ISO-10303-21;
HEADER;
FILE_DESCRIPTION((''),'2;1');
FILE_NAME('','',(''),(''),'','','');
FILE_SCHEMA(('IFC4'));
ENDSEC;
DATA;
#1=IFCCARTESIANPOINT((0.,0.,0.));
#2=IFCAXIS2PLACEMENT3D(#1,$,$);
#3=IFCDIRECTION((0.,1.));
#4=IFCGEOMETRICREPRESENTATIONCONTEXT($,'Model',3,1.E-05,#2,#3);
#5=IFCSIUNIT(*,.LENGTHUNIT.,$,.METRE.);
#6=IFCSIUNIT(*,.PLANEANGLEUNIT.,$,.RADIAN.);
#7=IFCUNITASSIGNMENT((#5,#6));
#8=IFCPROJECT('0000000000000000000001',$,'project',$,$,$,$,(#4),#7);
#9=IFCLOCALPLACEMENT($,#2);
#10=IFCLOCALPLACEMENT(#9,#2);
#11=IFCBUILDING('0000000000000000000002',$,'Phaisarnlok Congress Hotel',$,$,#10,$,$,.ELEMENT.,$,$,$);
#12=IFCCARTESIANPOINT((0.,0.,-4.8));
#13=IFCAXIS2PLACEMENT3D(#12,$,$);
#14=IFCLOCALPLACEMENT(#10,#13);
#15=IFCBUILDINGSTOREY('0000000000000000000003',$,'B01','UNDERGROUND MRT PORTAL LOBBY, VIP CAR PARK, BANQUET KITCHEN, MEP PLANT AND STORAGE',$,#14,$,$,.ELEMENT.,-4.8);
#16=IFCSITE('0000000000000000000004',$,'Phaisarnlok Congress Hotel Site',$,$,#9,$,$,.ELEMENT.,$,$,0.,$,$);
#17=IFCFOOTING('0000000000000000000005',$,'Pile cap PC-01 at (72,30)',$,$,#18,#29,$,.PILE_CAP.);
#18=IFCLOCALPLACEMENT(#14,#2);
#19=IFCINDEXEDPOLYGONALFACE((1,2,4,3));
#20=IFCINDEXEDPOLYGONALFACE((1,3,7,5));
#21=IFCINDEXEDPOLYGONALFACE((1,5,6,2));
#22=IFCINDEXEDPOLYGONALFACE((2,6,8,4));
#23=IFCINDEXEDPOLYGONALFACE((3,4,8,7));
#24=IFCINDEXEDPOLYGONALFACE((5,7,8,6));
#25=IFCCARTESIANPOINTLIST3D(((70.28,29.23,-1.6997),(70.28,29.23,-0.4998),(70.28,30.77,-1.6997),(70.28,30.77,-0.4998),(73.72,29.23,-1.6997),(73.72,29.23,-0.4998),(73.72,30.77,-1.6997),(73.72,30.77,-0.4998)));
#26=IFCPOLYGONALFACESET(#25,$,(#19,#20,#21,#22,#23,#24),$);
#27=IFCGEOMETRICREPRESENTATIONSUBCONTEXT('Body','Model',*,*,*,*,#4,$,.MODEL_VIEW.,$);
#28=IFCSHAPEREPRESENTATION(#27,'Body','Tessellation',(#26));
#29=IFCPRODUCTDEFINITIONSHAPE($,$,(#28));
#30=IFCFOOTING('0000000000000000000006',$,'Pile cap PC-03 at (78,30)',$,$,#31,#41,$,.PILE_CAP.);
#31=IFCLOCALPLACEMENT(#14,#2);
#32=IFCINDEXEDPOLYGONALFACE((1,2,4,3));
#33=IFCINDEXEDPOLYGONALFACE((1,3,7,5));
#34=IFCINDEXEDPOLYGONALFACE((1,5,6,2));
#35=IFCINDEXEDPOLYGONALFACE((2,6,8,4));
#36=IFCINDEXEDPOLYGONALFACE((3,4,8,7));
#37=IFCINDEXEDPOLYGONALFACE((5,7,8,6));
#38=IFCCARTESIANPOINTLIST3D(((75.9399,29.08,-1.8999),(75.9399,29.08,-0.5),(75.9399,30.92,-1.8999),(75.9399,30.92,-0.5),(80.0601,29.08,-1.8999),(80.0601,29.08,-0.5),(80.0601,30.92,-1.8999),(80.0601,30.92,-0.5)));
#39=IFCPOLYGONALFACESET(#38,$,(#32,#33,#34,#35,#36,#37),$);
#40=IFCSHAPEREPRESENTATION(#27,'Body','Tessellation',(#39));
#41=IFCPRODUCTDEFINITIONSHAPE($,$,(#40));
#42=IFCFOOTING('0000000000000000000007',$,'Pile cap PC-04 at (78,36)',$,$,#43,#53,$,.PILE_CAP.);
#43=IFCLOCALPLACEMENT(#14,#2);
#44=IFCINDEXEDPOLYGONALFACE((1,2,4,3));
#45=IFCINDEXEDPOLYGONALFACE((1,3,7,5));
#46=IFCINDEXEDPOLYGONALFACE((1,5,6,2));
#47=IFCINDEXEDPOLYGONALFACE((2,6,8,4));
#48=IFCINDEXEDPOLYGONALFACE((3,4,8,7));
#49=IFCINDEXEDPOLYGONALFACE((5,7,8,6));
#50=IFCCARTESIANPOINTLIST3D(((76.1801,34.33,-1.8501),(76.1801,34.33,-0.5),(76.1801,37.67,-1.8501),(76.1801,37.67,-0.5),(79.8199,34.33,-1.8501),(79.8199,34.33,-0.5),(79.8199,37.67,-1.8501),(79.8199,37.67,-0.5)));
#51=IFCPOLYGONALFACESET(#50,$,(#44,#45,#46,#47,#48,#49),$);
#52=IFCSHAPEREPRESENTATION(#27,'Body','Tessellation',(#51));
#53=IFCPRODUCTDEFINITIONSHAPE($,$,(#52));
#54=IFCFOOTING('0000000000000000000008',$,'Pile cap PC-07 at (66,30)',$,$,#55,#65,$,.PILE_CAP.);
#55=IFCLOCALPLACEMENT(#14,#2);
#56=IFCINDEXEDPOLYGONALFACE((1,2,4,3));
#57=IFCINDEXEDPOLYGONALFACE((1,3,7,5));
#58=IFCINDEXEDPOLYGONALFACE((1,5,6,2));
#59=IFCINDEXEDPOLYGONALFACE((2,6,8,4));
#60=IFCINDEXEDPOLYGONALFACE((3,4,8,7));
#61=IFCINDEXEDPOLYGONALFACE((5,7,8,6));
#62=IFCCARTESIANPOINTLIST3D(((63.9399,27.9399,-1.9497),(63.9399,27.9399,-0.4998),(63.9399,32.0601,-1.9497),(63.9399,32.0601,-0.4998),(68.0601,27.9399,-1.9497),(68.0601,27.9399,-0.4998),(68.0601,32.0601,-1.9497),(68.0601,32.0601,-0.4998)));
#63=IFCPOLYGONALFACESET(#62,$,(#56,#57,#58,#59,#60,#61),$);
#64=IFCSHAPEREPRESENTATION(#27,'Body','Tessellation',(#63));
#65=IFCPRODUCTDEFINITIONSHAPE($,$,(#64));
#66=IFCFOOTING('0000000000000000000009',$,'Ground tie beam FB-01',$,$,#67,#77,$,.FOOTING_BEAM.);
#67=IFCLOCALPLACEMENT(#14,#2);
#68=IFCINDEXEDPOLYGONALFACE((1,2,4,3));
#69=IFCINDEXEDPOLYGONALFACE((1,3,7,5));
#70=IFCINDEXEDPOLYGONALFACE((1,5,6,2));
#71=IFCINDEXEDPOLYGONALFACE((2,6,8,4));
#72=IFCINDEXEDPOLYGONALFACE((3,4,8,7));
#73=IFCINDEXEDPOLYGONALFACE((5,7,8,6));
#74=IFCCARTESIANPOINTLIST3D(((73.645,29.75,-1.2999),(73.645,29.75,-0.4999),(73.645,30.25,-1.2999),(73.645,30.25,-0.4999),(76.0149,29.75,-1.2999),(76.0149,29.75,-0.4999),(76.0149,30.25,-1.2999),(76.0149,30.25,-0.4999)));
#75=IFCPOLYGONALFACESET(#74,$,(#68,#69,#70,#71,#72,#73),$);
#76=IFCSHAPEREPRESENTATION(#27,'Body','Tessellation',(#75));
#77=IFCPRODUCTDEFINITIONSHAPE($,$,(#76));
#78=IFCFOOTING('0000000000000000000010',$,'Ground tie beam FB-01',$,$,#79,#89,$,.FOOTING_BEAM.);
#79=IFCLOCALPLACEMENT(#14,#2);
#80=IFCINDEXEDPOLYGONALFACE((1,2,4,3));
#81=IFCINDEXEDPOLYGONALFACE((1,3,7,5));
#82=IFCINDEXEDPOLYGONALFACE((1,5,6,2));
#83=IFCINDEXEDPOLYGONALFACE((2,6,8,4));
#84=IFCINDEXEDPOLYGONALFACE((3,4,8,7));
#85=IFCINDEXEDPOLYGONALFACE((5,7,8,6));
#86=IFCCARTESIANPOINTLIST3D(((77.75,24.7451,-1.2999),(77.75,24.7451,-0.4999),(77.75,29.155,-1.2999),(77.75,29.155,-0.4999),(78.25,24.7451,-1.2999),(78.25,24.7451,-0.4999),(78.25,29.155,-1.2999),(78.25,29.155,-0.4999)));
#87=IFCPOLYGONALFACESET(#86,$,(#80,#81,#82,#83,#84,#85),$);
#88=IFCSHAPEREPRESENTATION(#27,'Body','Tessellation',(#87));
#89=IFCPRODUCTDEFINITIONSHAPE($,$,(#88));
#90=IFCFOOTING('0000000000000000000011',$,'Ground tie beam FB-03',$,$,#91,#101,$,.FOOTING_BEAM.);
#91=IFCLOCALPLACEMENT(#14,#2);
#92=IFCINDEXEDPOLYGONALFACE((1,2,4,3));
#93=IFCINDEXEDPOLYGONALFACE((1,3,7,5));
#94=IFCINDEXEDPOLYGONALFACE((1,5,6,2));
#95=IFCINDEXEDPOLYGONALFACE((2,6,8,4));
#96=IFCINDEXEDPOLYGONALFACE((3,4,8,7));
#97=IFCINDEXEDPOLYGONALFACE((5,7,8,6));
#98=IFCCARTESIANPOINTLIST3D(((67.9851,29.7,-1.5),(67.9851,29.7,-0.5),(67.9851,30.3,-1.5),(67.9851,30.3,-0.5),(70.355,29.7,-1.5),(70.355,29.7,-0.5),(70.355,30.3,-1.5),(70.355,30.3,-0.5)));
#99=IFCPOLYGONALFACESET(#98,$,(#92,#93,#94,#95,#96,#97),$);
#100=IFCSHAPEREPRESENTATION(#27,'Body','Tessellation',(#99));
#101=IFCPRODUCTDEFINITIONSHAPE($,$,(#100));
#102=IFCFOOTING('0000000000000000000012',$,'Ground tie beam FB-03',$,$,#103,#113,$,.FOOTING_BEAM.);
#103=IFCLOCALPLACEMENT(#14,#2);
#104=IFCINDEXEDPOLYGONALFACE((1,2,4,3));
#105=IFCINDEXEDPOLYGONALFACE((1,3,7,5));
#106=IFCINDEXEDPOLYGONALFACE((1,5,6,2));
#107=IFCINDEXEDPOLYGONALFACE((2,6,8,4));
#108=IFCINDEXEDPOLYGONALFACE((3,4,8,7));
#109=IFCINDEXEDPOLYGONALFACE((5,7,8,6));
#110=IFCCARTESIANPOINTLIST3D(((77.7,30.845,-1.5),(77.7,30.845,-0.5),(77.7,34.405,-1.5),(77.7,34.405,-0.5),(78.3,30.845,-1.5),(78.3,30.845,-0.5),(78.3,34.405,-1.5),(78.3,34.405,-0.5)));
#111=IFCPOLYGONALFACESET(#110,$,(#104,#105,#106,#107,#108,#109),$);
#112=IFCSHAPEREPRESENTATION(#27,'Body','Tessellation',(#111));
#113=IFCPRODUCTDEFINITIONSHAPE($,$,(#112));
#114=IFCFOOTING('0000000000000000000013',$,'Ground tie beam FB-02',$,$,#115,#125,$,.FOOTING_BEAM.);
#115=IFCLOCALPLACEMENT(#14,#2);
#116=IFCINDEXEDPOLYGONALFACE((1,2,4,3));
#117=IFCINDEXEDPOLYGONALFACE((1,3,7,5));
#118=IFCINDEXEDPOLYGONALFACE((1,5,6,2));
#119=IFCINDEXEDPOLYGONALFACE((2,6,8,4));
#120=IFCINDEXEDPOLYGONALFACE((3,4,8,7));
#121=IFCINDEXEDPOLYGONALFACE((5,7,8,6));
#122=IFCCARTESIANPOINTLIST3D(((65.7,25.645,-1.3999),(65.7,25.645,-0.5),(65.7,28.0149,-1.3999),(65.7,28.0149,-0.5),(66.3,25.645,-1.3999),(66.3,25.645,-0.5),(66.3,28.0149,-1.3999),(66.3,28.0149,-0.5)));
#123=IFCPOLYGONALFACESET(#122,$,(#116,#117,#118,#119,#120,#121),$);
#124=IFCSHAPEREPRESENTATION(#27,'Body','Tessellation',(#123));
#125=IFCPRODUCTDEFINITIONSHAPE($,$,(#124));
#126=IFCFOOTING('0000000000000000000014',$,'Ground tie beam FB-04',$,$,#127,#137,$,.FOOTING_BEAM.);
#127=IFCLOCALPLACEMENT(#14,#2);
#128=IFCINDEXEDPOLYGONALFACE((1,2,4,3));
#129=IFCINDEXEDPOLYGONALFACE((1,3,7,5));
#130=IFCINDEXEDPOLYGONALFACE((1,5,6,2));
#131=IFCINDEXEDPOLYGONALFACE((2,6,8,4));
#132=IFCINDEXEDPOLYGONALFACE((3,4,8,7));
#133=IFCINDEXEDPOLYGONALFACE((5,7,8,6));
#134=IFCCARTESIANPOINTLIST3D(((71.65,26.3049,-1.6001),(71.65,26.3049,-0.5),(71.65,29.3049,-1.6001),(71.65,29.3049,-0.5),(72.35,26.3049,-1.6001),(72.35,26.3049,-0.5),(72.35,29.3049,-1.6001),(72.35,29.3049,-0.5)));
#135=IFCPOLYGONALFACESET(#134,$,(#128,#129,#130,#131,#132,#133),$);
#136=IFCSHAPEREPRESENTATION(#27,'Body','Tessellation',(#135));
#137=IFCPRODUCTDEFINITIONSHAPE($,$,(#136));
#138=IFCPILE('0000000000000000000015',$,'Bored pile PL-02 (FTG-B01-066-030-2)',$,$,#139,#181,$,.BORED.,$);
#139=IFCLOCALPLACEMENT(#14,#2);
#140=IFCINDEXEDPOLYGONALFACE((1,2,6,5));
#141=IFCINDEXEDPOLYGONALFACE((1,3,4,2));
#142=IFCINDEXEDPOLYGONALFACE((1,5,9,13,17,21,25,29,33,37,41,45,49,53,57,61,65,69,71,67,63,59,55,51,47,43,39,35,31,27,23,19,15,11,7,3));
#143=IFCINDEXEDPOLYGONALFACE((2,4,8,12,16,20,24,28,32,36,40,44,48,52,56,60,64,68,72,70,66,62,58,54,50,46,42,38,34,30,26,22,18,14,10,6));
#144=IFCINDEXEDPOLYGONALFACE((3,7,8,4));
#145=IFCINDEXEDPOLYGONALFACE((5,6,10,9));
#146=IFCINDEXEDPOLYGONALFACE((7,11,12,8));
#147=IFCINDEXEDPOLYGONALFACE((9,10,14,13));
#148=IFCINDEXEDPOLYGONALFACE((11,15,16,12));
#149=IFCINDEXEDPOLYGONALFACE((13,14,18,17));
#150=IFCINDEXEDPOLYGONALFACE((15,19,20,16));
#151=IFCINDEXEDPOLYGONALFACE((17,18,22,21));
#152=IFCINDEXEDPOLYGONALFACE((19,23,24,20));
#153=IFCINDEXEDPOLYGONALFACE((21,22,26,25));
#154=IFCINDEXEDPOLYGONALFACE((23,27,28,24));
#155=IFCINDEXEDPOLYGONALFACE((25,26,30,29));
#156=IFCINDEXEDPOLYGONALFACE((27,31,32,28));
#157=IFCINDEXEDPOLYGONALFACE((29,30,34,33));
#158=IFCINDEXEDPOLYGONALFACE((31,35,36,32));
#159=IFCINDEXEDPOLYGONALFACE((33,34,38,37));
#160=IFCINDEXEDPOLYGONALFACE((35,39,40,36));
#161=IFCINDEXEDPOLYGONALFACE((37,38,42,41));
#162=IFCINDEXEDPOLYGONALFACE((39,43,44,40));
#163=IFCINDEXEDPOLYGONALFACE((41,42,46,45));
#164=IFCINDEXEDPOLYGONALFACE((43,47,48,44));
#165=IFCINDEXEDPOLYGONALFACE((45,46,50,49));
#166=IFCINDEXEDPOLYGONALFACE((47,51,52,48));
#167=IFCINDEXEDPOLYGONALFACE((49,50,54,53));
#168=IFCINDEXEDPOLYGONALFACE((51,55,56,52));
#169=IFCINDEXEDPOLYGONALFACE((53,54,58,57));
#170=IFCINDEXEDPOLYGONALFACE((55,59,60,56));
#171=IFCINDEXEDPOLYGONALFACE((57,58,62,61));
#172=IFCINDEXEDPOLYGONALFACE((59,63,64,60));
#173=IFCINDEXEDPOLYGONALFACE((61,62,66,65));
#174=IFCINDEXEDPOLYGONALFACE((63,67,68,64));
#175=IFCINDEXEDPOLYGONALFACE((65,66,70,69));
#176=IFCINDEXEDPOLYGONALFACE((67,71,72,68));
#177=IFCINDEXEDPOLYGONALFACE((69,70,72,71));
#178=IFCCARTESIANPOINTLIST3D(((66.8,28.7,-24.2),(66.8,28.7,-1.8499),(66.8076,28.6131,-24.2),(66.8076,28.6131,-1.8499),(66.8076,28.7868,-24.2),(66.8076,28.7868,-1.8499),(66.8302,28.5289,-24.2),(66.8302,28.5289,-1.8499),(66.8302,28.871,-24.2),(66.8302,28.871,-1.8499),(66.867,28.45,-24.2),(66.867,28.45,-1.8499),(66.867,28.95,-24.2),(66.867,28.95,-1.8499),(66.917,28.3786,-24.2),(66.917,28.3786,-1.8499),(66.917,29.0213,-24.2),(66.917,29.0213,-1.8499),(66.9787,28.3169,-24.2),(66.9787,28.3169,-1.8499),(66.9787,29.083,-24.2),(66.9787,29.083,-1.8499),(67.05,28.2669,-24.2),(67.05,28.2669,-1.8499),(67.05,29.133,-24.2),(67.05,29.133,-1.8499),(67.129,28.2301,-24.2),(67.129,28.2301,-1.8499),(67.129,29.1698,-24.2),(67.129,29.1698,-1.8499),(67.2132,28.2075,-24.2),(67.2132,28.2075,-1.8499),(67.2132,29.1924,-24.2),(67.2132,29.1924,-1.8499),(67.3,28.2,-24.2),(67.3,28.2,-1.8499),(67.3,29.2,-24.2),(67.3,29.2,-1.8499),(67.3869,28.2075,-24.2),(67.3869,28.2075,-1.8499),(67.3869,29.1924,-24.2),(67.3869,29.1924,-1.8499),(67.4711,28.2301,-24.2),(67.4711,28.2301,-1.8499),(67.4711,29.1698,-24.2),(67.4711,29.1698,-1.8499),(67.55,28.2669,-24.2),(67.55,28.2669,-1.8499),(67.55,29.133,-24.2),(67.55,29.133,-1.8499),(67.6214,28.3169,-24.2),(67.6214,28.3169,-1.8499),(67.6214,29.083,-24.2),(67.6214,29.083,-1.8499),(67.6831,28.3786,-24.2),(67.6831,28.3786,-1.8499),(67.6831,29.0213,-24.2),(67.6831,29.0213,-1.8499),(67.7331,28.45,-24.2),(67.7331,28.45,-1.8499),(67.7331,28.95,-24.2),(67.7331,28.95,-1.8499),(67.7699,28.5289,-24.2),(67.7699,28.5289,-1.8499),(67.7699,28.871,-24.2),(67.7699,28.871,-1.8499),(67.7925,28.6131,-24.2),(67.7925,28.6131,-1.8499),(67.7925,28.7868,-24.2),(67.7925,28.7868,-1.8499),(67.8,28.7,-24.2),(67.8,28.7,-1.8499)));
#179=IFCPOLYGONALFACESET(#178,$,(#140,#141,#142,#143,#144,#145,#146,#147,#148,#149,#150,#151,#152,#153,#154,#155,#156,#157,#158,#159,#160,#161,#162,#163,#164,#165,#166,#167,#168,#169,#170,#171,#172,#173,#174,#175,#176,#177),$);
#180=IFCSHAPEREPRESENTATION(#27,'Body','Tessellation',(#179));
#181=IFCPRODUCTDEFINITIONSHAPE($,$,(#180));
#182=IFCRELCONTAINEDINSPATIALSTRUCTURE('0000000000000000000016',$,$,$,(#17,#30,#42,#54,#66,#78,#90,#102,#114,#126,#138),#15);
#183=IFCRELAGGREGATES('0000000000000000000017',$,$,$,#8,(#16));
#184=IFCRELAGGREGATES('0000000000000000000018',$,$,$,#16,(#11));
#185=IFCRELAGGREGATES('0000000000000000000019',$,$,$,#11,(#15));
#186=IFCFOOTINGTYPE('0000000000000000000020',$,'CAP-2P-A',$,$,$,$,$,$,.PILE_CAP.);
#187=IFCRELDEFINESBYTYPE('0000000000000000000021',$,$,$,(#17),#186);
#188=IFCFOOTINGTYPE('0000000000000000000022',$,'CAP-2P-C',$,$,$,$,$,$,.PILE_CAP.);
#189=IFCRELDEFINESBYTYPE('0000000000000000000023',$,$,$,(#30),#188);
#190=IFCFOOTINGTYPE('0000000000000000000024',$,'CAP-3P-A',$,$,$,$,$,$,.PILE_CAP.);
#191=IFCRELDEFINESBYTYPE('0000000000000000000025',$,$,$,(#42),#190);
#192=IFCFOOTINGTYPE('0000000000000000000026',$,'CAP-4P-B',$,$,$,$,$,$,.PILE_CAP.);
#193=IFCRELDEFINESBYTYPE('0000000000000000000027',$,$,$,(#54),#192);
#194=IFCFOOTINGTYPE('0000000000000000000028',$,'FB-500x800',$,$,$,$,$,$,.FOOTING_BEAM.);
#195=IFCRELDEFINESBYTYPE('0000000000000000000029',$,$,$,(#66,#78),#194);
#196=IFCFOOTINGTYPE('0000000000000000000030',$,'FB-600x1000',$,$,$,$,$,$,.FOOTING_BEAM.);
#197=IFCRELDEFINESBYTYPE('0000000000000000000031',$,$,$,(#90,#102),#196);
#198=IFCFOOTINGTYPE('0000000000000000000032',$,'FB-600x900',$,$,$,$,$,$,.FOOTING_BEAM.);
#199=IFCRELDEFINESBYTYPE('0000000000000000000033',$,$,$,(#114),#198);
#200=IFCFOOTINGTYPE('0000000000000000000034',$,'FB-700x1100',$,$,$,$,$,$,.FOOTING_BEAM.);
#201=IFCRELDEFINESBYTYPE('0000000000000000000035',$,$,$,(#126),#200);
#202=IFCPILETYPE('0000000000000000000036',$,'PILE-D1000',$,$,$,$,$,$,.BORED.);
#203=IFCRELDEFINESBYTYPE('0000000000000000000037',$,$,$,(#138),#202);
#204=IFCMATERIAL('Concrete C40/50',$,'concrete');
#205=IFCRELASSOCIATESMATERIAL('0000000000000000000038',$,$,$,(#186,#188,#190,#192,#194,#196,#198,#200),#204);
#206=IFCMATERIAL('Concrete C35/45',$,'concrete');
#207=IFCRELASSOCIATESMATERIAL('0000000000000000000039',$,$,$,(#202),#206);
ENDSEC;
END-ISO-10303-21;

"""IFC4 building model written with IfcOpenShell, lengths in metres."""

from ifc_helpers import new_model, si_unit, direction, frame, origin, origin_2d, place, context, subcontext, project, spatial, rectangle, circle, extrude, material, material_profile, profile_set, type_object, element, save


model = new_model("IFC4")

# Units and contexts
model_context = context("Model", 3, precision=1e-05, world=origin(), true_north=direction((0.0, 1.0)))
body_context = subcontext(model_context, "Body", "Model", "MODEL_VIEW")
ifc_project = project(units=[si_unit("LENGTHUNIT", "METRE"), si_unit("PLANEANGLEUNIT", "RADIAN")], contexts=[model_context])

# Site, building, storey
site_placement = place(None, origin())
site = spatial("IfcSite", under=ifc_project, at=site_placement, Name="Phaisarnlok Congress Hotel Site", CompositionType="ELEMENT", RefElevation=0.0)
building_placement = place(site_placement, origin())
building = spatial("IfcBuilding", under=site, at=building_placement, Name="Phaisarnlok Congress Hotel", CompositionType="ELEMENT")
storey_placement = place(building_placement, frame((0.0, 0.0, -4.8)))
storey = spatial("IfcBuildingStorey", under=building, at=storey_placement, Name="B01", Description="UNDERGROUND MRT PORTAL LOBBY, VIP CAR PARK, BANQUET KITCHEN, MEP PLANT AND STORAGE", CompositionType="ELEMENT", Elevation=-4.8)

# Footings
ifc_material_1 = material(Name="Concrete C40/50", Category="concrete")
footing_type_1 = type_object("IfcFootingType", Name="CAP-2P-A", PredefinedType="PILE_CAP", material=ifc_material_1)
footing_1_placement = place(storey_placement, frame((72.0, 30.0, -1.6997), z_axis=(0.0, 0.0, 1.0), x_axis=(1.0, 0.0, 0.0)))
element("IfcFooting", 1, at=footing_1_placement, inside=storey, type_object=footing_type_1, Name="Pile cap PC-01 at (72,30)", PredefinedType="PILE_CAP", context=body_context, shape_type="SweptSolid", body=[
    extrude(rectangle(XDim=3.4399, YDim=1.54, at=origin_2d()), origin(), (0.0, 0.0, 1.0), 1.2),
])
footing_type_2 = type_object("IfcFootingType", Name="CAP-2P-C", PredefinedType="PILE_CAP", material=ifc_material_1)
footing_2_placement = place(storey_placement, frame((78.0, 30.0, -1.8999), z_axis=(0.0, 0.0, 1.0), x_axis=(1.0, 0.0, 0.0)))
element("IfcFooting", 2, at=footing_2_placement, inside=storey, type_object=footing_type_2, Name="Pile cap PC-03 at (78,30)", PredefinedType="PILE_CAP", context=body_context, shape_type="SweptSolid", body=[
    extrude(rectangle(XDim=4.1201, YDim=1.8401, at=origin_2d()), origin(), (0.0, 0.0, 1.0), 1.3999),
])
footing_type_3 = type_object("IfcFootingType", Name="CAP-3P-A", PredefinedType="PILE_CAP", material=ifc_material_1)
footing_3_placement = place(storey_placement, frame((78.0, 36.0, -1.8501), z_axis=(0.0, 0.0, 1.0), x_axis=(1.0, 0.0, 0.0)))
element("IfcFooting", 3, at=footing_3_placement, inside=storey, type_object=footing_type_3, Name="Pile cap PC-04 at (78,36)", PredefinedType="PILE_CAP", context=body_context, shape_type="SweptSolid", body=[
    extrude(rectangle(XDim=3.6399, YDim=3.3401, at=origin_2d()), origin(), (0.0, 0.0, 1.0), 1.3501),
])
footing_type_4 = type_object("IfcFootingType", Name="CAP-4P-B", PredefinedType="PILE_CAP", material=ifc_material_1)
footing_4_placement = place(storey_placement, frame((66.0, 30.0, -1.9497), z_axis=(0.0, 0.0, 1.0), x_axis=(1.0, 0.0, 0.0)))
element("IfcFooting", 4, at=footing_4_placement, inside=storey, type_object=footing_type_4, Name="Pile cap PC-07 at (66,30)", PredefinedType="PILE_CAP", context=body_context, shape_type="SweptSolid", body=[
    extrude(rectangle(XDim=4.1201, YDim=4.1201, at=origin_2d()), origin(), (0.0, 0.0, 1.0), 1.45),
])
ifc_material_profile_1 = material_profile(ifc_material_1, rectangle(XDim=0.5, YDim=0.8, at=origin_2d()), Name="FB-500x800")
ifc_profile_set_1 = profile_set([ifc_material_profile_1], Name="Concrete C40/50")
footing_type_5 = type_object("IfcFootingType", Name="FB-500x800", PredefinedType="FOOTING_BEAM", material=ifc_profile_set_1)
footing_5_placement = place(storey_placement, frame((73.645, 30.0, -0.8999), z_axis=(1.0, 0.0, 0.0), x_axis=(0.0, 1.0, 0.0)))
element("IfcFooting", 5, at=footing_5_placement, inside=storey, type_object=footing_type_5, Name="Ground tie beam FB-01", PredefinedType="FOOTING_BEAM", context=body_context, shape_type="SweptSolid", body=[
    extrude(rectangle(XDim=0.5, YDim=0.8, at=origin_2d()), origin(), (0.0, 0.0, 1.0), 2.3699),
])
footing_6_placement = place(storey_placement, frame((78.0, 24.7451, -0.8999), z_axis=(0.0, 1.0, 0.0), x_axis=(-1.0, 0.0, 0.0)))
element("IfcFooting", 6, at=footing_6_placement, inside=storey, type_object=footing_type_5, Name="Ground tie beam FB-01", PredefinedType="FOOTING_BEAM", context=body_context, shape_type="SweptSolid", body=[
    extrude(rectangle(XDim=0.5, YDim=0.8, at=origin_2d()), origin(), (0.0, 0.0, 1.0), 4.4099),
])
ifc_material_profile_2 = material_profile(ifc_material_1, rectangle(XDim=0.6001, YDim=1.0, at=origin_2d()), Name="FB-600x1000")
ifc_profile_set_2 = profile_set([ifc_material_profile_2], Name="Concrete C40/50")
footing_type_6 = type_object("IfcFootingType", Name="FB-600x1000", PredefinedType="FOOTING_BEAM", material=ifc_profile_set_2)
footing_7_placement = place(storey_placement, frame((67.9851, 30.0, -1.0), z_axis=(1.0, 0.0, 0.0), x_axis=(0.0, 1.0, 0.0)))
element("IfcFooting", 7, at=footing_7_placement, inside=storey, type_object=footing_type_6, Name="Ground tie beam FB-03", PredefinedType="FOOTING_BEAM", context=body_context, shape_type="SweptSolid", body=[
    extrude(rectangle(XDim=0.6001, YDim=1.0, at=origin_2d()), origin(), (0.0, 0.0, 1.0), 2.3699),
])
footing_8_placement = place(storey_placement, frame((78.0, 30.845, -1.0), z_axis=(0.0, 1.0, 0.0), x_axis=(-1.0, 0.0, 0.0)))
element("IfcFooting", 8, at=footing_8_placement, inside=storey, type_object=footing_type_6, Name="Ground tie beam FB-03", PredefinedType="FOOTING_BEAM", context=body_context, shape_type="SweptSolid", body=[
    extrude(rectangle(XDim=0.6001, YDim=1.0, at=origin_2d()), origin(), (0.0, 0.0, 1.0), 3.5601),
])
ifc_material_profile_3 = material_profile(ifc_material_1, rectangle(XDim=0.6001, YDim=0.8999, at=origin_2d()), Name="FB-600x900")
ifc_profile_set_3 = profile_set([ifc_material_profile_3], Name="Concrete C40/50")
footing_type_7 = type_object("IfcFootingType", Name="FB-600x900", PredefinedType="FOOTING_BEAM", material=ifc_profile_set_3)
footing_9_placement = place(storey_placement, frame((66.0, 25.645, -0.95), z_axis=(0.0, 1.0, 0.0), x_axis=(-1.0, 0.0, 0.0)))
element("IfcFooting", 9, at=footing_9_placement, inside=storey, type_object=footing_type_7, Name="Ground tie beam FB-02", PredefinedType="FOOTING_BEAM", context=body_context, shape_type="SweptSolid", body=[
    extrude(rectangle(XDim=0.6001, YDim=0.8999, at=origin_2d()), origin(), (0.0, 0.0, 1.0), 2.3699),
])
ifc_material_profile_4 = material_profile(ifc_material_1, rectangle(XDim=0.7, YDim=1.1001, at=origin_2d()), Name="FB-700x1100")
ifc_profile_set_4 = profile_set([ifc_material_profile_4], Name="Concrete C40/50")
footing_type_8 = type_object("IfcFootingType", Name="FB-700x1100", PredefinedType="FOOTING_BEAM", material=ifc_profile_set_4)
footing_10_placement = place(storey_placement, frame((72.0, 26.3049, -1.05), z_axis=(0.0, 1.0, 0.0), x_axis=(-1.0, 0.0, 0.0)))
element("IfcFooting", 10, at=footing_10_placement, inside=storey, type_object=footing_type_8, Name="Ground tie beam FB-04", PredefinedType="FOOTING_BEAM", context=body_context, shape_type="SweptSolid", body=[
    extrude(rectangle(XDim=0.7, YDim=1.1001, at=origin_2d()), origin(), (0.0, 0.0, 1.0), 3.0),
])

# Pile
ifc_material_2 = material(Name="Concrete C35/45", Category="concrete")
ifc_material_profile_5 = material_profile(ifc_material_2, circle(Radius=0.5, at=origin_2d()), Name="BORED PILE D1000")
ifc_profile_set_5 = profile_set([ifc_material_profile_5], Name="Concrete C35/45")
pile_type_1 = type_object("IfcPileType", Name="PILE-D1000", PredefinedType="BORED", material=ifc_profile_set_5)
for number, where, z_axis, x_axis, name in (
    (11, (67.3, 28.7, -1.8499), (0.0, 0.0, -1.0), (1.0, 0.0, 0.0), "Bored pile PL-02 (FTG-B01-066-030-2)"),
):
    element("IfcPile", number, at=place(storey_placement, frame(where, z_axis=z_axis, x_axis=x_axis)), inside=storey, type_object=pile_type_1, Name=name, PredefinedType="BORED", context=body_context, shape_type="SweptSolid", body=[
        extrude(circle(Radius=0.5, at=origin_2d()), origin(), (0.0, 0.0, 1.0), 22.3501),
    ])

save(model, "model.ifc")
